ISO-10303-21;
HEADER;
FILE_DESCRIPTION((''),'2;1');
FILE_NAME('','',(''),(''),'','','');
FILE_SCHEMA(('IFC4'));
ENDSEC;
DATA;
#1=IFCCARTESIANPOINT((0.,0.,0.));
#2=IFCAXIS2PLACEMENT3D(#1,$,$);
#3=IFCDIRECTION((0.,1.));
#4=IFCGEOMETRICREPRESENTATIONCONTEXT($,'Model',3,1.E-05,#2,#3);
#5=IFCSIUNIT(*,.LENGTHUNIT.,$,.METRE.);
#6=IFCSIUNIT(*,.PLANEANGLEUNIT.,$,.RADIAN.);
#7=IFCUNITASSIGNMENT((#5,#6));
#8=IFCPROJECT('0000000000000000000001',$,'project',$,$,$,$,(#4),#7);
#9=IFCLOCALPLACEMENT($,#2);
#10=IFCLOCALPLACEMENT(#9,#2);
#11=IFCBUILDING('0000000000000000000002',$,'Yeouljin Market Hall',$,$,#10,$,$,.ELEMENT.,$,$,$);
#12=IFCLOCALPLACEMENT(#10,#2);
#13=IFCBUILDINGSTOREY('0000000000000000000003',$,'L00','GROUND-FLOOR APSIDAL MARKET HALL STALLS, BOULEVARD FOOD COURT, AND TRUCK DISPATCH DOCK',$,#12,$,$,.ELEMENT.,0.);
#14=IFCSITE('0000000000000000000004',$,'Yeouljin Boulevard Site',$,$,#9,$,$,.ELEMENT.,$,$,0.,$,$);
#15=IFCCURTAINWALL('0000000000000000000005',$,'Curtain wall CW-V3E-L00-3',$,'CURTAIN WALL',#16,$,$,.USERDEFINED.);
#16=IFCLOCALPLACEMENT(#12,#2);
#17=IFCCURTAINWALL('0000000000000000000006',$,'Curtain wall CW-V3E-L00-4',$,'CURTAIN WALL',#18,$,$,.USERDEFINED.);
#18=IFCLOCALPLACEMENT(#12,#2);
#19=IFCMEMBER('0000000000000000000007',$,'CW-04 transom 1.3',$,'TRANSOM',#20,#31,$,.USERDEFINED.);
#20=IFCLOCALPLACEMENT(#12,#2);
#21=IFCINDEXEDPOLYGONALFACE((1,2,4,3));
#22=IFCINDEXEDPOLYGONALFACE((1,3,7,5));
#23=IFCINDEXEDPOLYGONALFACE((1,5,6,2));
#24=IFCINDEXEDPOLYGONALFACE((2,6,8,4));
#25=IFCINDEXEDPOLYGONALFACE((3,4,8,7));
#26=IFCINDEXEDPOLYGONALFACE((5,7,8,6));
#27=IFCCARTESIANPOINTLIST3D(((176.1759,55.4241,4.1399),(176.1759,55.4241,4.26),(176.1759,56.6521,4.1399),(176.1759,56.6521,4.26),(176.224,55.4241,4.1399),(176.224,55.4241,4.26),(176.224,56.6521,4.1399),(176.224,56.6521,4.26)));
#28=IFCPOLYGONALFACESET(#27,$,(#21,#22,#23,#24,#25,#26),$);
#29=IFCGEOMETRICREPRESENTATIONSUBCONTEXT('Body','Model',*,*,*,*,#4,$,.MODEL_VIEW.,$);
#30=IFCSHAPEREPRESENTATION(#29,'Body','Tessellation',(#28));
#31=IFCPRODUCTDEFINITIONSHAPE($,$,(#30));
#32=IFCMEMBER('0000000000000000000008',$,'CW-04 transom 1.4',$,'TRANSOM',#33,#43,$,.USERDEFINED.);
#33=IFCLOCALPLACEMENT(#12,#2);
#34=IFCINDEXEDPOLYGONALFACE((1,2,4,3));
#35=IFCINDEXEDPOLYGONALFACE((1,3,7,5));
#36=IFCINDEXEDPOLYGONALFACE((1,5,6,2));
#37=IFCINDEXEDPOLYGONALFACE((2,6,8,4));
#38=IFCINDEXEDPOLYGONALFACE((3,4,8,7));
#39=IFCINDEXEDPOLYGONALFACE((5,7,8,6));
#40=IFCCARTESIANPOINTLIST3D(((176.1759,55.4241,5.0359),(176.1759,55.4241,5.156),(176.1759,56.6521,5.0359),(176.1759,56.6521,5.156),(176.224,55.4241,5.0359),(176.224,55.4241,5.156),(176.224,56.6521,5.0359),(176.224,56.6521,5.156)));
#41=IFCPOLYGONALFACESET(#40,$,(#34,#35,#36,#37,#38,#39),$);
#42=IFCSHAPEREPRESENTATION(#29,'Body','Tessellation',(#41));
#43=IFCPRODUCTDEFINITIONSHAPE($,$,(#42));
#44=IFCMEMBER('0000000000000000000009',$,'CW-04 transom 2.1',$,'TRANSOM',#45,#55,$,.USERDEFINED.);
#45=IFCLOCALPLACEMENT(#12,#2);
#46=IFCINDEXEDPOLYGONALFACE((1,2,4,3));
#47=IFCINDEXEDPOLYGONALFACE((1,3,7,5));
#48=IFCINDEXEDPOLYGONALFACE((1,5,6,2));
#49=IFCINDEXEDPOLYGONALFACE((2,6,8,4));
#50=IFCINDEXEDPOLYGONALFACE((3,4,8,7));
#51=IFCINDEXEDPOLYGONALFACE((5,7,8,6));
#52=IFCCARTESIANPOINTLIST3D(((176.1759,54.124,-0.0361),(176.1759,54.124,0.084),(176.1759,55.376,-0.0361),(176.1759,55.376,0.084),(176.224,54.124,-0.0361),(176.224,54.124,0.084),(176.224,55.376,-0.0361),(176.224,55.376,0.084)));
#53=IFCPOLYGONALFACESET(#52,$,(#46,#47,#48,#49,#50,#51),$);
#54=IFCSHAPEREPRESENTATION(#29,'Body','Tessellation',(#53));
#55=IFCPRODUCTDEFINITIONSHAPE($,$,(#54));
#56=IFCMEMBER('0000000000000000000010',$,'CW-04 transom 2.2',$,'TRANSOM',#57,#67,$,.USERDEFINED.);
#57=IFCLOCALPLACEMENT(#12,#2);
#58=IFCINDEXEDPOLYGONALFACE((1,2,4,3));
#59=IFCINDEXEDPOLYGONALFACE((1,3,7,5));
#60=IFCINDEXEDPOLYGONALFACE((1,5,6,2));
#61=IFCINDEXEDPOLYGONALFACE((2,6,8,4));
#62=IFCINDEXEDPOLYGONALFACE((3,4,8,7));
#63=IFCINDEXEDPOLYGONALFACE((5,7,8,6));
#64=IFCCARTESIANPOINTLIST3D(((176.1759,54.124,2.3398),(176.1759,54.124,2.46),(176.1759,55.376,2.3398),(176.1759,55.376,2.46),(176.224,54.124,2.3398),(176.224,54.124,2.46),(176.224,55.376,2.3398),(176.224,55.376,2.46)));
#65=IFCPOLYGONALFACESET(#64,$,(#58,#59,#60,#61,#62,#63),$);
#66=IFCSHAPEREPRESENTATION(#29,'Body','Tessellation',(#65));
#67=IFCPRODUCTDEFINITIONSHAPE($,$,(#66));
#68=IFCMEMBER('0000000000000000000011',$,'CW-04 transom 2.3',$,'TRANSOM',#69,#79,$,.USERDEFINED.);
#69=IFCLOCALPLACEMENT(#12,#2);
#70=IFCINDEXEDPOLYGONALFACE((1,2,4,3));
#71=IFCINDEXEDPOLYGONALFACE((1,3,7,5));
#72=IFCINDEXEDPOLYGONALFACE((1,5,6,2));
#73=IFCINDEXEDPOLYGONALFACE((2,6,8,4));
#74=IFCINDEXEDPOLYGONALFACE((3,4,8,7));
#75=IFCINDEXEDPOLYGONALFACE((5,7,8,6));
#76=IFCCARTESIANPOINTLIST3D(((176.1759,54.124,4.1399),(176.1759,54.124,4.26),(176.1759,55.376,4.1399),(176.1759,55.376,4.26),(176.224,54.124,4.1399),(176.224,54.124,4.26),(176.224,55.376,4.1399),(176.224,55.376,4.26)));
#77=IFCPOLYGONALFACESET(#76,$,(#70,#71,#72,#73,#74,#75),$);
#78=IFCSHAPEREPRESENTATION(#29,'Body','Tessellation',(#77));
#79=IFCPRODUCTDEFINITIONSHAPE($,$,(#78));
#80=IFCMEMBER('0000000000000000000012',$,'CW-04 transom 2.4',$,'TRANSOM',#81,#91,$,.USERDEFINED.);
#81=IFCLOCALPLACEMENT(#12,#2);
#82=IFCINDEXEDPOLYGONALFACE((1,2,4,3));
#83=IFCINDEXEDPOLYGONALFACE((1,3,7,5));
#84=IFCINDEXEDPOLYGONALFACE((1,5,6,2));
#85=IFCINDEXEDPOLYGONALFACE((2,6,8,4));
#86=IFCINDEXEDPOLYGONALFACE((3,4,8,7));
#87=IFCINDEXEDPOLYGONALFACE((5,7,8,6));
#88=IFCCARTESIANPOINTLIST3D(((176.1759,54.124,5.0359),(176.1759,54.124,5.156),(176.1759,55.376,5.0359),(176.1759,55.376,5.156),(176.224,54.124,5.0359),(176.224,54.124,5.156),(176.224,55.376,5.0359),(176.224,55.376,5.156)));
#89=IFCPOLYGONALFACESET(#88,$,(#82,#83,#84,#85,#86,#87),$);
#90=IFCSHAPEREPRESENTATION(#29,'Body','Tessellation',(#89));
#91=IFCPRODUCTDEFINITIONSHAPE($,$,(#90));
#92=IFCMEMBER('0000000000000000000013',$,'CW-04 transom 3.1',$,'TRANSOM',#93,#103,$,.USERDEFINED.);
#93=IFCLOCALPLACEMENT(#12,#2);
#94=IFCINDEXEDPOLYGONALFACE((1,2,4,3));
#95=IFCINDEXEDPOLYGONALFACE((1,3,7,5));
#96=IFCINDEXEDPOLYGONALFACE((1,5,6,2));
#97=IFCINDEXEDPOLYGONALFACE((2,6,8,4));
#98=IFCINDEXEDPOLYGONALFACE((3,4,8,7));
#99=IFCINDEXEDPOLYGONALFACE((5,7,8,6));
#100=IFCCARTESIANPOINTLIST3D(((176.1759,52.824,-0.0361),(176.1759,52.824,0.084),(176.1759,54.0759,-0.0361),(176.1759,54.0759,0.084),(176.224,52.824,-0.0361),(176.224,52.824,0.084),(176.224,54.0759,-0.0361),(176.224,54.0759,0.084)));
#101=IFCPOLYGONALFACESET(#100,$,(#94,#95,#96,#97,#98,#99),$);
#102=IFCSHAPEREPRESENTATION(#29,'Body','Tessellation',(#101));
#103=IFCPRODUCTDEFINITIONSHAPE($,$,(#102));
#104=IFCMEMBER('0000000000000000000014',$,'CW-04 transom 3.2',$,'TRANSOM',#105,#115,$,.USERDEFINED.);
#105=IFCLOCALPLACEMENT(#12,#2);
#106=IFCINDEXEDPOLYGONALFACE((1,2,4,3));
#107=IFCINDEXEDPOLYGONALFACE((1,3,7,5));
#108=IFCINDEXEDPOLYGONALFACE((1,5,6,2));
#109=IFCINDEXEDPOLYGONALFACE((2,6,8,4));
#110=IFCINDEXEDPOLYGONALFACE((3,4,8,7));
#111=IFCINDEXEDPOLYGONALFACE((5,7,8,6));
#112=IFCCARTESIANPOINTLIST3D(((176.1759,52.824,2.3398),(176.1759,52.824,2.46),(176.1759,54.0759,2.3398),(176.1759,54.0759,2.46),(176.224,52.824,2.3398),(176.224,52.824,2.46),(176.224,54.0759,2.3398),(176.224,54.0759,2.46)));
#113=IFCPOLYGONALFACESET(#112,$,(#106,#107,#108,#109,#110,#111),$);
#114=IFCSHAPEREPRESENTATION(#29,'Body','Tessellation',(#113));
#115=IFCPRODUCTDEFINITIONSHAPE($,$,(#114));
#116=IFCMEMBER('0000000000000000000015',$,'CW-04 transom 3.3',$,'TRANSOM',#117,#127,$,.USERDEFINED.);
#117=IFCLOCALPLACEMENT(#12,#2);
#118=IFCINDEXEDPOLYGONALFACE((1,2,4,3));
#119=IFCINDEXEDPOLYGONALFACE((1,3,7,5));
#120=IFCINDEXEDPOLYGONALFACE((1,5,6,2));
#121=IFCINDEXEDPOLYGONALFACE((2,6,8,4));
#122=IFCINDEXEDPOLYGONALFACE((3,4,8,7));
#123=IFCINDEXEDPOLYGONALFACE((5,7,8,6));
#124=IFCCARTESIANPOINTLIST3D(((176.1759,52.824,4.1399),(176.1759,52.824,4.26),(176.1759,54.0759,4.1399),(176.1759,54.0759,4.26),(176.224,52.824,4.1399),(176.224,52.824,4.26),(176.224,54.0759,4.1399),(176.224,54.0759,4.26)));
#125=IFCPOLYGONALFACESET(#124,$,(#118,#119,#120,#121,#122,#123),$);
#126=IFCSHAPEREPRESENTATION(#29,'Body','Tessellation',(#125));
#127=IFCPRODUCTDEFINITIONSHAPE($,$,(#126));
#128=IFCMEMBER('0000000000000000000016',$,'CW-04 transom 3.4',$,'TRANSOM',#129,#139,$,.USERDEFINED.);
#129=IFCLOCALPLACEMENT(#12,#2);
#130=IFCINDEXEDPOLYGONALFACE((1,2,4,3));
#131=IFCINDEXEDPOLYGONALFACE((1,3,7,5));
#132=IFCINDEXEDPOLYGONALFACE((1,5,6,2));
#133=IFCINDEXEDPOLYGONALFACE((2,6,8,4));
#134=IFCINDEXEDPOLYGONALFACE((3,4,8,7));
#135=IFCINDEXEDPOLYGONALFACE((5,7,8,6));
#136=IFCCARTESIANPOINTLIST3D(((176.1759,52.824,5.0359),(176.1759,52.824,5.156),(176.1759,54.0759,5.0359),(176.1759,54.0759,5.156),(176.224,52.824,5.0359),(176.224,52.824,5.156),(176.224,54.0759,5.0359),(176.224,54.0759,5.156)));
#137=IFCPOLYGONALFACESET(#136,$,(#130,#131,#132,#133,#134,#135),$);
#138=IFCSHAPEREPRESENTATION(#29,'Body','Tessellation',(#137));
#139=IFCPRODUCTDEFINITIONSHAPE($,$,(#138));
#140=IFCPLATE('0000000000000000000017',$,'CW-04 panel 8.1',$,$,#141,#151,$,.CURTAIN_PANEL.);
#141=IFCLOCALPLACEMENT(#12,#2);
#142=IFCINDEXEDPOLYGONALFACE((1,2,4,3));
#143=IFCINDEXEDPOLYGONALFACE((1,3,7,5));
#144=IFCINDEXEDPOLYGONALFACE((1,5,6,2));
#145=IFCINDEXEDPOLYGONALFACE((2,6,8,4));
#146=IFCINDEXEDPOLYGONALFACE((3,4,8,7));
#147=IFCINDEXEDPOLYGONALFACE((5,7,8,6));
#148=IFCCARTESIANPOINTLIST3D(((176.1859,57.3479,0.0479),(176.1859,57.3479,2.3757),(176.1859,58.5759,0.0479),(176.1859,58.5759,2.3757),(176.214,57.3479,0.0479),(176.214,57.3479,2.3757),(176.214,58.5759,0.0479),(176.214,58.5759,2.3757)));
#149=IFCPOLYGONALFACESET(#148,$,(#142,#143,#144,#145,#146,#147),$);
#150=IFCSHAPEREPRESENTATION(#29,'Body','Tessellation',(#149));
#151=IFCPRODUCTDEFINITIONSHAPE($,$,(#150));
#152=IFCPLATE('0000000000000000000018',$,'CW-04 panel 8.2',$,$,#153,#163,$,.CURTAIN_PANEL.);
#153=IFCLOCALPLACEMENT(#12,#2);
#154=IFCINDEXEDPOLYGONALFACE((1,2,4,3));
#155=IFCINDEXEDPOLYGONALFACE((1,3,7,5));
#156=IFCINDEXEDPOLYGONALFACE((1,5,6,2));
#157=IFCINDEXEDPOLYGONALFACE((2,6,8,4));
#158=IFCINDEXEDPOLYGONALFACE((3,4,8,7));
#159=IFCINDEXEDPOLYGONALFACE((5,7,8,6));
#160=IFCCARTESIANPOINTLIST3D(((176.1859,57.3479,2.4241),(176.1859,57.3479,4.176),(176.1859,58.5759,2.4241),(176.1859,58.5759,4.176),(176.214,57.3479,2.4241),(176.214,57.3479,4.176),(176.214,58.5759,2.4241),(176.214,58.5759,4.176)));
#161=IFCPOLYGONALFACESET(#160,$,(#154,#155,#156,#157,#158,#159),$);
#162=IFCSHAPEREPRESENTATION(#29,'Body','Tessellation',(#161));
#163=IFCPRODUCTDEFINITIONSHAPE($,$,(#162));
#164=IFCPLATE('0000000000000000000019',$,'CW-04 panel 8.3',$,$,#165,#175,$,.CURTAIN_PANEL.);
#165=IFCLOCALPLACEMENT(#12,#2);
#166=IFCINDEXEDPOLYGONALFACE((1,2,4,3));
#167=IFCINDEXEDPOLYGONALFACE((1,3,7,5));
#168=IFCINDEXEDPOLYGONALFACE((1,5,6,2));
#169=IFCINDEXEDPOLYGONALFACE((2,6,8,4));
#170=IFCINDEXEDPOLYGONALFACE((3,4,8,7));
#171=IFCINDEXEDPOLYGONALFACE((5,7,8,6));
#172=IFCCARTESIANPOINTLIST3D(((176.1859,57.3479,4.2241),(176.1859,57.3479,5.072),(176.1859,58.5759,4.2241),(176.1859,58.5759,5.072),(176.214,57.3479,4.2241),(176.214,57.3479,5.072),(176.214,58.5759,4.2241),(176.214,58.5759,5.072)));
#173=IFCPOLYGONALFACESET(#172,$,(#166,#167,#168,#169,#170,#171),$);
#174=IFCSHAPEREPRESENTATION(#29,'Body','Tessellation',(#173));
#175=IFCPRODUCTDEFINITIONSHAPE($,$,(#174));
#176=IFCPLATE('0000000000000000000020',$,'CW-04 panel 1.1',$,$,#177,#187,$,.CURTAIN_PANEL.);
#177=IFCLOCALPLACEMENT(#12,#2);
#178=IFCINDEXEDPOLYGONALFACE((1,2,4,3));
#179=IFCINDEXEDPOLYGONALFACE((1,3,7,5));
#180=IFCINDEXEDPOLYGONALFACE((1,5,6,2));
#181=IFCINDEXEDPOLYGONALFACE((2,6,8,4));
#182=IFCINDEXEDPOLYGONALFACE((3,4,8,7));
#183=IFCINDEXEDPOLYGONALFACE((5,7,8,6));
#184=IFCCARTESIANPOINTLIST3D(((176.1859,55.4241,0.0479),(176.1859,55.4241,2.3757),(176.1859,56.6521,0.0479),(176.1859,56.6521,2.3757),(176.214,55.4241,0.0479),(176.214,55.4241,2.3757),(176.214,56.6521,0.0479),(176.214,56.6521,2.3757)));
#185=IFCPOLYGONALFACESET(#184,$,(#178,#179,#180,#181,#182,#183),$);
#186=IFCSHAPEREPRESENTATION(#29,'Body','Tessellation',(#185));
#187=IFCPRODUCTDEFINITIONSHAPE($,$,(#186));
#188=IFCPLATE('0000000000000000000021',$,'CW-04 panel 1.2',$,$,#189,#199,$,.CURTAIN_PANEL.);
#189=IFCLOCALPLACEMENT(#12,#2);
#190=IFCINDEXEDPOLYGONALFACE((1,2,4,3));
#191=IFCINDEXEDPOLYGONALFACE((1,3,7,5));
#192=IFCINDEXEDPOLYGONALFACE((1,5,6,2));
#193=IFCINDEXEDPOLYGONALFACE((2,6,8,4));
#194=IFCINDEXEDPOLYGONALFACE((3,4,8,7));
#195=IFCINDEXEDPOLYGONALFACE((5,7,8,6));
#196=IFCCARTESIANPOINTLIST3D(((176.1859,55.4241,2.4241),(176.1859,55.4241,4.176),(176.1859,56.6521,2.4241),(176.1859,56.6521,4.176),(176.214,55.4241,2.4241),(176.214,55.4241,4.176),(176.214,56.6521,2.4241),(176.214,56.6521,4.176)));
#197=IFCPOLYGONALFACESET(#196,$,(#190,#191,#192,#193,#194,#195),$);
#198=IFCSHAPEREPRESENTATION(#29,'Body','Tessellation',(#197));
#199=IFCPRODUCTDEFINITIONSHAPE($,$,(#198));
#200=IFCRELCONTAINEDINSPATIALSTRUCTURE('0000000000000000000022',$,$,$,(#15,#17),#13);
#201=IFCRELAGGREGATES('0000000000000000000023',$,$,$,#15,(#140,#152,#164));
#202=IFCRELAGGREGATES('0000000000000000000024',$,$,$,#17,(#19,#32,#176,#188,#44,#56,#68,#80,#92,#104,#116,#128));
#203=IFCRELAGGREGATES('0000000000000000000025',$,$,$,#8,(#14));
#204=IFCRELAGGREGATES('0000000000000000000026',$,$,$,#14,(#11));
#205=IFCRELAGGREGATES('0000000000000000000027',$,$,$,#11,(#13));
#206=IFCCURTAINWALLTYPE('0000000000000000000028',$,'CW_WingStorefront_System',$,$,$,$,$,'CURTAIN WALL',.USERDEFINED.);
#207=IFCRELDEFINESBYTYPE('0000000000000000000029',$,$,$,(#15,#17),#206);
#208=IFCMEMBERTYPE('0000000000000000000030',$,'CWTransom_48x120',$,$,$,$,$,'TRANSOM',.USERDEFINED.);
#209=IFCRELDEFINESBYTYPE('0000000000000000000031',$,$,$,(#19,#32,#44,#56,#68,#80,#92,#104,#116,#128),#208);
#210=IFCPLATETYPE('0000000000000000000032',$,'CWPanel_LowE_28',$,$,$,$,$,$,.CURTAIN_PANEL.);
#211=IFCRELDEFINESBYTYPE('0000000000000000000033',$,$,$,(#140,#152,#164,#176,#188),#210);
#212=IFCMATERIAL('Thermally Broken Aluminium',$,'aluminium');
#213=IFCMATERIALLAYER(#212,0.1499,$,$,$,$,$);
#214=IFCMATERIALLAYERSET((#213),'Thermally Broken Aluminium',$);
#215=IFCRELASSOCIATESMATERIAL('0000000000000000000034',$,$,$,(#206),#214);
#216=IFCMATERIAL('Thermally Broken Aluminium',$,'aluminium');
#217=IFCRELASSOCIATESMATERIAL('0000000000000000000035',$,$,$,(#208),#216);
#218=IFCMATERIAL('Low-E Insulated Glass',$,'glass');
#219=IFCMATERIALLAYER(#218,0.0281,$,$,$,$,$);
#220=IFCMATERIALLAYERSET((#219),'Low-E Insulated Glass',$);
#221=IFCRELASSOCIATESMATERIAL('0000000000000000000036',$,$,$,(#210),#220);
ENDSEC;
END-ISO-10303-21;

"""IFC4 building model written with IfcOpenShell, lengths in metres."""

from ifc_helpers import new_model, si_unit, direction, frame, origin, origin_2d, place, context, subcontext, project, spatial, rectangle, extrude, material, layer, layer_set, material_profile, profile_set, type_object, element, aggregate, save


model = new_model("IFC4")

# Units and contexts
model_context = context("Model", 3, precision=1e-05, world=origin(), true_north=direction((0.0, 1.0)))
body_context = subcontext(model_context, "Body", "Model", "MODEL_VIEW")
ifc_project = project(units=[si_unit("LENGTHUNIT", "METRE"), si_unit("PLANEANGLEUNIT", "RADIAN")], contexts=[model_context])

# Site, building, storey
site_placement = place(None, origin())
site = spatial("IfcSite", under=ifc_project, at=site_placement, Name="Yeouljin Boulevard Site", CompositionType="ELEMENT", RefElevation=0.0)
building_placement = place(site_placement, origin())
building = spatial("IfcBuilding", under=site, at=building_placement, Name="Yeouljin Market Hall", CompositionType="ELEMENT")
storey_placement = place(building_placement, origin())
storey = spatial("IfcBuildingStorey", under=building, at=storey_placement, Name="L00", Description="GROUND-FLOOR APSIDAL MARKET HALL STALLS, BOULEVARD FOOD COURT, AND TRUCK DISPATCH DOCK", CompositionType="ELEMENT", Elevation=0.0)

# Curtain wall
ifc_material_1 = material(Name="Thermally Broken Aluminium", Category="aluminium")
ifc_layer_1 = layer(ifc_material_1, 0.1499)
ifc_layer_set_1 = layer_set([ifc_layer_1], Name="Thermally Broken Aluminium")
curtain_wall_type = type_object("IfcCurtainWallType", Name="CW_WingStorefront_System", ElementType="CURTAIN WALL", PredefinedType="USERDEFINED", material=ifc_layer_set_1)
curtain_wall_1_placement = place(storey_placement, origin())
curtain_wall_1 = element("IfcCurtainWall", 1, at=curtain_wall_1_placement, inside=storey, type_object=curtain_wall_type, Name="Curtain wall CW-V3E-L00-3", ObjectType="CURTAIN WALL", PredefinedType="USERDEFINED")

# Curtain wall, members
curtain_wall_2_placement = place(storey_placement, origin())
curtain_wall_2 = element("IfcCurtainWall", 2, at=curtain_wall_2_placement, inside=storey, type_object=curtain_wall_type, Name="Curtain wall CW-V3E-L00-4", ObjectType="CURTAIN WALL", PredefinedType="USERDEFINED")
ifc_material_2 = material(Name="Thermally Broken Aluminium", Category="aluminium")
ifc_material_profile_1 = material_profile(ifc_material_2, rectangle(XDim=0.0481, YDim=0.1201, at=origin_2d()), Name="CW-TRAN-48x120")
ifc_profile_set_1 = profile_set([ifc_material_profile_1], Name="Thermally Broken Aluminium")
member_type_1 = type_object("IfcMemberType", Name="CWTransom_48x120", ElementType="TRANSOM", PredefinedType="USERDEFINED", material=ifc_profile_set_1)
member_1_placement = place(storey_placement, frame((176.2, 56.6521, 4.2), z_axis=(0.0, -1.0, 0.0), x_axis=(1.0, 0.0, 0.0)))
member_1 = element("IfcMember", 3, at=member_1_placement, type_object=member_type_1, Name="CW-04 transom 1.3", ObjectType="TRANSOM", PredefinedType="USERDEFINED", context=body_context, shape_type="SweptSolid", body=[
    extrude(rectangle(XDim=0.0481, YDim=0.1201, at=origin_2d()), origin(), (0.0, 0.0, 1.0), 1.228),
])
member_2_placement = place(storey_placement, frame((176.2, 56.6521, 5.0959), z_axis=(0.0, -1.0, 0.0), x_axis=(1.0, 0.0, 0.0)))
member_2 = element("IfcMember", 4, at=member_2_placement, type_object=member_type_1, Name="CW-04 transom 1.4", ObjectType="TRANSOM", PredefinedType="USERDEFINED", context=body_context, shape_type="SweptSolid", body=[
    extrude(rectangle(XDim=0.0481, YDim=0.1201, at=origin_2d()), origin(), (0.0, 0.0, 1.0), 1.228),
])
member_3_placement = place(storey_placement, frame((176.2, 55.376, 0.0239), z_axis=(0.0, -1.0, 0.0), x_axis=(1.0, 0.0, 0.0)))
member_3 = element("IfcMember", 5, at=member_3_placement, type_object=member_type_1, Name="CW-04 transom 2.1", ObjectType="TRANSOM", PredefinedType="USERDEFINED", context=body_context, shape_type="SweptSolid", body=[
    extrude(rectangle(XDim=0.0481, YDim=0.1201, at=origin_2d()), origin(), (0.0, 0.0, 1.0), 1.252),
])
member_4_placement = place(storey_placement, frame((176.2, 55.376, 2.3999), z_axis=(0.0, -1.0, 0.0), x_axis=(1.0, 0.0, 0.0)))
member_4 = element("IfcMember", 6, at=member_4_placement, type_object=member_type_1, Name="CW-04 transom 2.2", ObjectType="TRANSOM", PredefinedType="USERDEFINED", context=body_context, shape_type="SweptSolid", body=[
    extrude(rectangle(XDim=0.0481, YDim=0.1201, at=origin_2d()), origin(), (0.0, 0.0, 1.0), 1.252),
])
member_5_placement = place(storey_placement, frame((176.2, 55.376, 4.2), z_axis=(0.0, -1.0, 0.0), x_axis=(1.0, 0.0, 0.0)))
member_5 = element("IfcMember", 7, at=member_5_placement, type_object=member_type_1, Name="CW-04 transom 2.3", ObjectType="TRANSOM", PredefinedType="USERDEFINED", context=body_context, shape_type="SweptSolid", body=[
    extrude(rectangle(XDim=0.0481, YDim=0.1201, at=origin_2d()), origin(), (0.0, 0.0, 1.0), 1.252),
])
member_6_placement = place(storey_placement, frame((176.2, 55.376, 5.0959), z_axis=(0.0, -1.0, 0.0), x_axis=(1.0, 0.0, 0.0)))
member_6 = element("IfcMember", 8, at=member_6_placement, type_object=member_type_1, Name="CW-04 transom 2.4", ObjectType="TRANSOM", PredefinedType="USERDEFINED", context=body_context, shape_type="SweptSolid", body=[
    extrude(rectangle(XDim=0.0481, YDim=0.1201, at=origin_2d()), origin(), (0.0, 0.0, 1.0), 1.252),
])
member_7_placement = place(storey_placement, frame((176.2, 54.0759, 0.0239), z_axis=(0.0, -1.0, 0.0), x_axis=(1.0, 0.0, 0.0)))
member_7 = element("IfcMember", 9, at=member_7_placement, type_object=member_type_1, Name="CW-04 transom 3.1", ObjectType="TRANSOM", PredefinedType="USERDEFINED", context=body_context, shape_type="SweptSolid", body=[
    extrude(rectangle(XDim=0.0481, YDim=0.1201, at=origin_2d()), origin(), (0.0, 0.0, 1.0), 1.252),
])
member_8_placement = place(storey_placement, frame((176.2, 54.0759, 2.3999), z_axis=(0.0, -1.0, 0.0), x_axis=(1.0, 0.0, 0.0)))
member_8 = element("IfcMember", 10, at=member_8_placement, type_object=member_type_1, Name="CW-04 transom 3.2", ObjectType="TRANSOM", PredefinedType="USERDEFINED", context=body_context, shape_type="SweptSolid", body=[
    extrude(rectangle(XDim=0.0481, YDim=0.1201, at=origin_2d()), origin(), (0.0, 0.0, 1.0), 1.252),
])
member_9_placement = place(storey_placement, frame((176.2, 54.0759, 4.2), z_axis=(0.0, -1.0, 0.0), x_axis=(1.0, 0.0, 0.0)))
member_9 = element("IfcMember", 11, at=member_9_placement, type_object=member_type_1, Name="CW-04 transom 3.3", ObjectType="TRANSOM", PredefinedType="USERDEFINED", context=body_context, shape_type="SweptSolid", body=[
    extrude(rectangle(XDim=0.0481, YDim=0.1201, at=origin_2d()), origin(), (0.0, 0.0, 1.0), 1.252),
])
member_10_placement = place(storey_placement, frame((176.2, 54.0759, 5.0959), z_axis=(0.0, -1.0, 0.0), x_axis=(1.0, 0.0, 0.0)))
member_10 = element("IfcMember", 12, at=member_10_placement, type_object=member_type_1, Name="CW-04 transom 3.4", ObjectType="TRANSOM", PredefinedType="USERDEFINED", context=body_context, shape_type="SweptSolid", body=[
    extrude(rectangle(XDim=0.0481, YDim=0.1201, at=origin_2d()), origin(), (0.0, 0.0, 1.0), 1.252),
])

# Plates
ifc_material_3 = material(Name="Low-E Insulated Glass", Category="glass")
ifc_layer_2 = layer(ifc_material_3, 0.0281)
ifc_layer_set_2 = layer_set([ifc_layer_2], Name="Low-E Insulated Glass")
plate_type = type_object("IfcPlateType", Name="CWPanel_LowE_28", PredefinedType="CURTAIN_PANEL", material=ifc_layer_set_2)
plate_1_placement = place(storey_placement, frame((176.2, 57.9619, 0.0479), z_axis=(0.0, 0.0, 1.0), x_axis=(0.0, -1.0, 0.0)))
plate_1 = element("IfcPlate", 13, at=plate_1_placement, type_object=plate_type, Name="CW-04 panel 8.1", PredefinedType="CURTAIN_PANEL", context=body_context, shape_type="SweptSolid", body=[
    extrude(rectangle(XDim=1.228, YDim=0.0281, at=origin_2d()), origin(), (0.0, 0.0, 1.0), 2.3279),
])
plate_2_placement = place(storey_placement, frame((176.2, 57.9619, 2.4241), z_axis=(0.0, 0.0, 1.0), x_axis=(0.0, -1.0, 0.0)))
plate_2 = element("IfcPlate", 14, at=plate_2_placement, type_object=plate_type, Name="CW-04 panel 8.2", PredefinedType="CURTAIN_PANEL", context=body_context, shape_type="SweptSolid", body=[
    extrude(rectangle(XDim=1.228, YDim=0.0281, at=origin_2d()), origin(), (0.0, 0.0, 1.0), 1.752),
])
plate_3_placement = place(storey_placement, frame((176.2, 57.9619, 4.2241), z_axis=(0.0, 0.0, 1.0), x_axis=(0.0, -1.0, 0.0)))
plate_3 = element("IfcPlate", 15, at=plate_3_placement, type_object=plate_type, Name="CW-04 panel 8.3", PredefinedType="CURTAIN_PANEL", context=body_context, shape_type="SweptSolid", body=[
    extrude(rectangle(XDim=1.228, YDim=0.0281, at=origin_2d()), origin(), (0.0, 0.0, 1.0), 0.8479),
])
aggregate(curtain_wall_1, [plate_1, plate_2, plate_3])
plate_4_placement = place(storey_placement, frame((176.2, 56.0381, 0.0479), z_axis=(0.0, 0.0, 1.0), x_axis=(0.0, -1.0, 0.0)))
plate_4 = element("IfcPlate", 16, at=plate_4_placement, type_object=plate_type, Name="CW-04 panel 1.1", PredefinedType="CURTAIN_PANEL", context=body_context, shape_type="SweptSolid", body=[
    extrude(rectangle(XDim=1.228, YDim=0.0281, at=origin_2d()), origin(), (0.0, 0.0, 1.0), 2.3279),
])
plate_5_placement = place(storey_placement, frame((176.2, 56.0381, 2.4241), z_axis=(0.0, 0.0, 1.0), x_axis=(0.0, -1.0, 0.0)))
plate_5 = element("IfcPlate", 17, at=plate_5_placement, type_object=plate_type, Name="CW-04 panel 1.2", PredefinedType="CURTAIN_PANEL", context=body_context, shape_type="SweptSolid", body=[
    extrude(rectangle(XDim=1.228, YDim=0.0281, at=origin_2d()), origin(), (0.0, 0.0, 1.0), 1.752),
])
aggregate(curtain_wall_2, [member_1, member_2, plate_4, plate_5, member_3, member_4, member_5, member_6, member_7, member_8, member_9, member_10])

save(model, "model.ifc")
